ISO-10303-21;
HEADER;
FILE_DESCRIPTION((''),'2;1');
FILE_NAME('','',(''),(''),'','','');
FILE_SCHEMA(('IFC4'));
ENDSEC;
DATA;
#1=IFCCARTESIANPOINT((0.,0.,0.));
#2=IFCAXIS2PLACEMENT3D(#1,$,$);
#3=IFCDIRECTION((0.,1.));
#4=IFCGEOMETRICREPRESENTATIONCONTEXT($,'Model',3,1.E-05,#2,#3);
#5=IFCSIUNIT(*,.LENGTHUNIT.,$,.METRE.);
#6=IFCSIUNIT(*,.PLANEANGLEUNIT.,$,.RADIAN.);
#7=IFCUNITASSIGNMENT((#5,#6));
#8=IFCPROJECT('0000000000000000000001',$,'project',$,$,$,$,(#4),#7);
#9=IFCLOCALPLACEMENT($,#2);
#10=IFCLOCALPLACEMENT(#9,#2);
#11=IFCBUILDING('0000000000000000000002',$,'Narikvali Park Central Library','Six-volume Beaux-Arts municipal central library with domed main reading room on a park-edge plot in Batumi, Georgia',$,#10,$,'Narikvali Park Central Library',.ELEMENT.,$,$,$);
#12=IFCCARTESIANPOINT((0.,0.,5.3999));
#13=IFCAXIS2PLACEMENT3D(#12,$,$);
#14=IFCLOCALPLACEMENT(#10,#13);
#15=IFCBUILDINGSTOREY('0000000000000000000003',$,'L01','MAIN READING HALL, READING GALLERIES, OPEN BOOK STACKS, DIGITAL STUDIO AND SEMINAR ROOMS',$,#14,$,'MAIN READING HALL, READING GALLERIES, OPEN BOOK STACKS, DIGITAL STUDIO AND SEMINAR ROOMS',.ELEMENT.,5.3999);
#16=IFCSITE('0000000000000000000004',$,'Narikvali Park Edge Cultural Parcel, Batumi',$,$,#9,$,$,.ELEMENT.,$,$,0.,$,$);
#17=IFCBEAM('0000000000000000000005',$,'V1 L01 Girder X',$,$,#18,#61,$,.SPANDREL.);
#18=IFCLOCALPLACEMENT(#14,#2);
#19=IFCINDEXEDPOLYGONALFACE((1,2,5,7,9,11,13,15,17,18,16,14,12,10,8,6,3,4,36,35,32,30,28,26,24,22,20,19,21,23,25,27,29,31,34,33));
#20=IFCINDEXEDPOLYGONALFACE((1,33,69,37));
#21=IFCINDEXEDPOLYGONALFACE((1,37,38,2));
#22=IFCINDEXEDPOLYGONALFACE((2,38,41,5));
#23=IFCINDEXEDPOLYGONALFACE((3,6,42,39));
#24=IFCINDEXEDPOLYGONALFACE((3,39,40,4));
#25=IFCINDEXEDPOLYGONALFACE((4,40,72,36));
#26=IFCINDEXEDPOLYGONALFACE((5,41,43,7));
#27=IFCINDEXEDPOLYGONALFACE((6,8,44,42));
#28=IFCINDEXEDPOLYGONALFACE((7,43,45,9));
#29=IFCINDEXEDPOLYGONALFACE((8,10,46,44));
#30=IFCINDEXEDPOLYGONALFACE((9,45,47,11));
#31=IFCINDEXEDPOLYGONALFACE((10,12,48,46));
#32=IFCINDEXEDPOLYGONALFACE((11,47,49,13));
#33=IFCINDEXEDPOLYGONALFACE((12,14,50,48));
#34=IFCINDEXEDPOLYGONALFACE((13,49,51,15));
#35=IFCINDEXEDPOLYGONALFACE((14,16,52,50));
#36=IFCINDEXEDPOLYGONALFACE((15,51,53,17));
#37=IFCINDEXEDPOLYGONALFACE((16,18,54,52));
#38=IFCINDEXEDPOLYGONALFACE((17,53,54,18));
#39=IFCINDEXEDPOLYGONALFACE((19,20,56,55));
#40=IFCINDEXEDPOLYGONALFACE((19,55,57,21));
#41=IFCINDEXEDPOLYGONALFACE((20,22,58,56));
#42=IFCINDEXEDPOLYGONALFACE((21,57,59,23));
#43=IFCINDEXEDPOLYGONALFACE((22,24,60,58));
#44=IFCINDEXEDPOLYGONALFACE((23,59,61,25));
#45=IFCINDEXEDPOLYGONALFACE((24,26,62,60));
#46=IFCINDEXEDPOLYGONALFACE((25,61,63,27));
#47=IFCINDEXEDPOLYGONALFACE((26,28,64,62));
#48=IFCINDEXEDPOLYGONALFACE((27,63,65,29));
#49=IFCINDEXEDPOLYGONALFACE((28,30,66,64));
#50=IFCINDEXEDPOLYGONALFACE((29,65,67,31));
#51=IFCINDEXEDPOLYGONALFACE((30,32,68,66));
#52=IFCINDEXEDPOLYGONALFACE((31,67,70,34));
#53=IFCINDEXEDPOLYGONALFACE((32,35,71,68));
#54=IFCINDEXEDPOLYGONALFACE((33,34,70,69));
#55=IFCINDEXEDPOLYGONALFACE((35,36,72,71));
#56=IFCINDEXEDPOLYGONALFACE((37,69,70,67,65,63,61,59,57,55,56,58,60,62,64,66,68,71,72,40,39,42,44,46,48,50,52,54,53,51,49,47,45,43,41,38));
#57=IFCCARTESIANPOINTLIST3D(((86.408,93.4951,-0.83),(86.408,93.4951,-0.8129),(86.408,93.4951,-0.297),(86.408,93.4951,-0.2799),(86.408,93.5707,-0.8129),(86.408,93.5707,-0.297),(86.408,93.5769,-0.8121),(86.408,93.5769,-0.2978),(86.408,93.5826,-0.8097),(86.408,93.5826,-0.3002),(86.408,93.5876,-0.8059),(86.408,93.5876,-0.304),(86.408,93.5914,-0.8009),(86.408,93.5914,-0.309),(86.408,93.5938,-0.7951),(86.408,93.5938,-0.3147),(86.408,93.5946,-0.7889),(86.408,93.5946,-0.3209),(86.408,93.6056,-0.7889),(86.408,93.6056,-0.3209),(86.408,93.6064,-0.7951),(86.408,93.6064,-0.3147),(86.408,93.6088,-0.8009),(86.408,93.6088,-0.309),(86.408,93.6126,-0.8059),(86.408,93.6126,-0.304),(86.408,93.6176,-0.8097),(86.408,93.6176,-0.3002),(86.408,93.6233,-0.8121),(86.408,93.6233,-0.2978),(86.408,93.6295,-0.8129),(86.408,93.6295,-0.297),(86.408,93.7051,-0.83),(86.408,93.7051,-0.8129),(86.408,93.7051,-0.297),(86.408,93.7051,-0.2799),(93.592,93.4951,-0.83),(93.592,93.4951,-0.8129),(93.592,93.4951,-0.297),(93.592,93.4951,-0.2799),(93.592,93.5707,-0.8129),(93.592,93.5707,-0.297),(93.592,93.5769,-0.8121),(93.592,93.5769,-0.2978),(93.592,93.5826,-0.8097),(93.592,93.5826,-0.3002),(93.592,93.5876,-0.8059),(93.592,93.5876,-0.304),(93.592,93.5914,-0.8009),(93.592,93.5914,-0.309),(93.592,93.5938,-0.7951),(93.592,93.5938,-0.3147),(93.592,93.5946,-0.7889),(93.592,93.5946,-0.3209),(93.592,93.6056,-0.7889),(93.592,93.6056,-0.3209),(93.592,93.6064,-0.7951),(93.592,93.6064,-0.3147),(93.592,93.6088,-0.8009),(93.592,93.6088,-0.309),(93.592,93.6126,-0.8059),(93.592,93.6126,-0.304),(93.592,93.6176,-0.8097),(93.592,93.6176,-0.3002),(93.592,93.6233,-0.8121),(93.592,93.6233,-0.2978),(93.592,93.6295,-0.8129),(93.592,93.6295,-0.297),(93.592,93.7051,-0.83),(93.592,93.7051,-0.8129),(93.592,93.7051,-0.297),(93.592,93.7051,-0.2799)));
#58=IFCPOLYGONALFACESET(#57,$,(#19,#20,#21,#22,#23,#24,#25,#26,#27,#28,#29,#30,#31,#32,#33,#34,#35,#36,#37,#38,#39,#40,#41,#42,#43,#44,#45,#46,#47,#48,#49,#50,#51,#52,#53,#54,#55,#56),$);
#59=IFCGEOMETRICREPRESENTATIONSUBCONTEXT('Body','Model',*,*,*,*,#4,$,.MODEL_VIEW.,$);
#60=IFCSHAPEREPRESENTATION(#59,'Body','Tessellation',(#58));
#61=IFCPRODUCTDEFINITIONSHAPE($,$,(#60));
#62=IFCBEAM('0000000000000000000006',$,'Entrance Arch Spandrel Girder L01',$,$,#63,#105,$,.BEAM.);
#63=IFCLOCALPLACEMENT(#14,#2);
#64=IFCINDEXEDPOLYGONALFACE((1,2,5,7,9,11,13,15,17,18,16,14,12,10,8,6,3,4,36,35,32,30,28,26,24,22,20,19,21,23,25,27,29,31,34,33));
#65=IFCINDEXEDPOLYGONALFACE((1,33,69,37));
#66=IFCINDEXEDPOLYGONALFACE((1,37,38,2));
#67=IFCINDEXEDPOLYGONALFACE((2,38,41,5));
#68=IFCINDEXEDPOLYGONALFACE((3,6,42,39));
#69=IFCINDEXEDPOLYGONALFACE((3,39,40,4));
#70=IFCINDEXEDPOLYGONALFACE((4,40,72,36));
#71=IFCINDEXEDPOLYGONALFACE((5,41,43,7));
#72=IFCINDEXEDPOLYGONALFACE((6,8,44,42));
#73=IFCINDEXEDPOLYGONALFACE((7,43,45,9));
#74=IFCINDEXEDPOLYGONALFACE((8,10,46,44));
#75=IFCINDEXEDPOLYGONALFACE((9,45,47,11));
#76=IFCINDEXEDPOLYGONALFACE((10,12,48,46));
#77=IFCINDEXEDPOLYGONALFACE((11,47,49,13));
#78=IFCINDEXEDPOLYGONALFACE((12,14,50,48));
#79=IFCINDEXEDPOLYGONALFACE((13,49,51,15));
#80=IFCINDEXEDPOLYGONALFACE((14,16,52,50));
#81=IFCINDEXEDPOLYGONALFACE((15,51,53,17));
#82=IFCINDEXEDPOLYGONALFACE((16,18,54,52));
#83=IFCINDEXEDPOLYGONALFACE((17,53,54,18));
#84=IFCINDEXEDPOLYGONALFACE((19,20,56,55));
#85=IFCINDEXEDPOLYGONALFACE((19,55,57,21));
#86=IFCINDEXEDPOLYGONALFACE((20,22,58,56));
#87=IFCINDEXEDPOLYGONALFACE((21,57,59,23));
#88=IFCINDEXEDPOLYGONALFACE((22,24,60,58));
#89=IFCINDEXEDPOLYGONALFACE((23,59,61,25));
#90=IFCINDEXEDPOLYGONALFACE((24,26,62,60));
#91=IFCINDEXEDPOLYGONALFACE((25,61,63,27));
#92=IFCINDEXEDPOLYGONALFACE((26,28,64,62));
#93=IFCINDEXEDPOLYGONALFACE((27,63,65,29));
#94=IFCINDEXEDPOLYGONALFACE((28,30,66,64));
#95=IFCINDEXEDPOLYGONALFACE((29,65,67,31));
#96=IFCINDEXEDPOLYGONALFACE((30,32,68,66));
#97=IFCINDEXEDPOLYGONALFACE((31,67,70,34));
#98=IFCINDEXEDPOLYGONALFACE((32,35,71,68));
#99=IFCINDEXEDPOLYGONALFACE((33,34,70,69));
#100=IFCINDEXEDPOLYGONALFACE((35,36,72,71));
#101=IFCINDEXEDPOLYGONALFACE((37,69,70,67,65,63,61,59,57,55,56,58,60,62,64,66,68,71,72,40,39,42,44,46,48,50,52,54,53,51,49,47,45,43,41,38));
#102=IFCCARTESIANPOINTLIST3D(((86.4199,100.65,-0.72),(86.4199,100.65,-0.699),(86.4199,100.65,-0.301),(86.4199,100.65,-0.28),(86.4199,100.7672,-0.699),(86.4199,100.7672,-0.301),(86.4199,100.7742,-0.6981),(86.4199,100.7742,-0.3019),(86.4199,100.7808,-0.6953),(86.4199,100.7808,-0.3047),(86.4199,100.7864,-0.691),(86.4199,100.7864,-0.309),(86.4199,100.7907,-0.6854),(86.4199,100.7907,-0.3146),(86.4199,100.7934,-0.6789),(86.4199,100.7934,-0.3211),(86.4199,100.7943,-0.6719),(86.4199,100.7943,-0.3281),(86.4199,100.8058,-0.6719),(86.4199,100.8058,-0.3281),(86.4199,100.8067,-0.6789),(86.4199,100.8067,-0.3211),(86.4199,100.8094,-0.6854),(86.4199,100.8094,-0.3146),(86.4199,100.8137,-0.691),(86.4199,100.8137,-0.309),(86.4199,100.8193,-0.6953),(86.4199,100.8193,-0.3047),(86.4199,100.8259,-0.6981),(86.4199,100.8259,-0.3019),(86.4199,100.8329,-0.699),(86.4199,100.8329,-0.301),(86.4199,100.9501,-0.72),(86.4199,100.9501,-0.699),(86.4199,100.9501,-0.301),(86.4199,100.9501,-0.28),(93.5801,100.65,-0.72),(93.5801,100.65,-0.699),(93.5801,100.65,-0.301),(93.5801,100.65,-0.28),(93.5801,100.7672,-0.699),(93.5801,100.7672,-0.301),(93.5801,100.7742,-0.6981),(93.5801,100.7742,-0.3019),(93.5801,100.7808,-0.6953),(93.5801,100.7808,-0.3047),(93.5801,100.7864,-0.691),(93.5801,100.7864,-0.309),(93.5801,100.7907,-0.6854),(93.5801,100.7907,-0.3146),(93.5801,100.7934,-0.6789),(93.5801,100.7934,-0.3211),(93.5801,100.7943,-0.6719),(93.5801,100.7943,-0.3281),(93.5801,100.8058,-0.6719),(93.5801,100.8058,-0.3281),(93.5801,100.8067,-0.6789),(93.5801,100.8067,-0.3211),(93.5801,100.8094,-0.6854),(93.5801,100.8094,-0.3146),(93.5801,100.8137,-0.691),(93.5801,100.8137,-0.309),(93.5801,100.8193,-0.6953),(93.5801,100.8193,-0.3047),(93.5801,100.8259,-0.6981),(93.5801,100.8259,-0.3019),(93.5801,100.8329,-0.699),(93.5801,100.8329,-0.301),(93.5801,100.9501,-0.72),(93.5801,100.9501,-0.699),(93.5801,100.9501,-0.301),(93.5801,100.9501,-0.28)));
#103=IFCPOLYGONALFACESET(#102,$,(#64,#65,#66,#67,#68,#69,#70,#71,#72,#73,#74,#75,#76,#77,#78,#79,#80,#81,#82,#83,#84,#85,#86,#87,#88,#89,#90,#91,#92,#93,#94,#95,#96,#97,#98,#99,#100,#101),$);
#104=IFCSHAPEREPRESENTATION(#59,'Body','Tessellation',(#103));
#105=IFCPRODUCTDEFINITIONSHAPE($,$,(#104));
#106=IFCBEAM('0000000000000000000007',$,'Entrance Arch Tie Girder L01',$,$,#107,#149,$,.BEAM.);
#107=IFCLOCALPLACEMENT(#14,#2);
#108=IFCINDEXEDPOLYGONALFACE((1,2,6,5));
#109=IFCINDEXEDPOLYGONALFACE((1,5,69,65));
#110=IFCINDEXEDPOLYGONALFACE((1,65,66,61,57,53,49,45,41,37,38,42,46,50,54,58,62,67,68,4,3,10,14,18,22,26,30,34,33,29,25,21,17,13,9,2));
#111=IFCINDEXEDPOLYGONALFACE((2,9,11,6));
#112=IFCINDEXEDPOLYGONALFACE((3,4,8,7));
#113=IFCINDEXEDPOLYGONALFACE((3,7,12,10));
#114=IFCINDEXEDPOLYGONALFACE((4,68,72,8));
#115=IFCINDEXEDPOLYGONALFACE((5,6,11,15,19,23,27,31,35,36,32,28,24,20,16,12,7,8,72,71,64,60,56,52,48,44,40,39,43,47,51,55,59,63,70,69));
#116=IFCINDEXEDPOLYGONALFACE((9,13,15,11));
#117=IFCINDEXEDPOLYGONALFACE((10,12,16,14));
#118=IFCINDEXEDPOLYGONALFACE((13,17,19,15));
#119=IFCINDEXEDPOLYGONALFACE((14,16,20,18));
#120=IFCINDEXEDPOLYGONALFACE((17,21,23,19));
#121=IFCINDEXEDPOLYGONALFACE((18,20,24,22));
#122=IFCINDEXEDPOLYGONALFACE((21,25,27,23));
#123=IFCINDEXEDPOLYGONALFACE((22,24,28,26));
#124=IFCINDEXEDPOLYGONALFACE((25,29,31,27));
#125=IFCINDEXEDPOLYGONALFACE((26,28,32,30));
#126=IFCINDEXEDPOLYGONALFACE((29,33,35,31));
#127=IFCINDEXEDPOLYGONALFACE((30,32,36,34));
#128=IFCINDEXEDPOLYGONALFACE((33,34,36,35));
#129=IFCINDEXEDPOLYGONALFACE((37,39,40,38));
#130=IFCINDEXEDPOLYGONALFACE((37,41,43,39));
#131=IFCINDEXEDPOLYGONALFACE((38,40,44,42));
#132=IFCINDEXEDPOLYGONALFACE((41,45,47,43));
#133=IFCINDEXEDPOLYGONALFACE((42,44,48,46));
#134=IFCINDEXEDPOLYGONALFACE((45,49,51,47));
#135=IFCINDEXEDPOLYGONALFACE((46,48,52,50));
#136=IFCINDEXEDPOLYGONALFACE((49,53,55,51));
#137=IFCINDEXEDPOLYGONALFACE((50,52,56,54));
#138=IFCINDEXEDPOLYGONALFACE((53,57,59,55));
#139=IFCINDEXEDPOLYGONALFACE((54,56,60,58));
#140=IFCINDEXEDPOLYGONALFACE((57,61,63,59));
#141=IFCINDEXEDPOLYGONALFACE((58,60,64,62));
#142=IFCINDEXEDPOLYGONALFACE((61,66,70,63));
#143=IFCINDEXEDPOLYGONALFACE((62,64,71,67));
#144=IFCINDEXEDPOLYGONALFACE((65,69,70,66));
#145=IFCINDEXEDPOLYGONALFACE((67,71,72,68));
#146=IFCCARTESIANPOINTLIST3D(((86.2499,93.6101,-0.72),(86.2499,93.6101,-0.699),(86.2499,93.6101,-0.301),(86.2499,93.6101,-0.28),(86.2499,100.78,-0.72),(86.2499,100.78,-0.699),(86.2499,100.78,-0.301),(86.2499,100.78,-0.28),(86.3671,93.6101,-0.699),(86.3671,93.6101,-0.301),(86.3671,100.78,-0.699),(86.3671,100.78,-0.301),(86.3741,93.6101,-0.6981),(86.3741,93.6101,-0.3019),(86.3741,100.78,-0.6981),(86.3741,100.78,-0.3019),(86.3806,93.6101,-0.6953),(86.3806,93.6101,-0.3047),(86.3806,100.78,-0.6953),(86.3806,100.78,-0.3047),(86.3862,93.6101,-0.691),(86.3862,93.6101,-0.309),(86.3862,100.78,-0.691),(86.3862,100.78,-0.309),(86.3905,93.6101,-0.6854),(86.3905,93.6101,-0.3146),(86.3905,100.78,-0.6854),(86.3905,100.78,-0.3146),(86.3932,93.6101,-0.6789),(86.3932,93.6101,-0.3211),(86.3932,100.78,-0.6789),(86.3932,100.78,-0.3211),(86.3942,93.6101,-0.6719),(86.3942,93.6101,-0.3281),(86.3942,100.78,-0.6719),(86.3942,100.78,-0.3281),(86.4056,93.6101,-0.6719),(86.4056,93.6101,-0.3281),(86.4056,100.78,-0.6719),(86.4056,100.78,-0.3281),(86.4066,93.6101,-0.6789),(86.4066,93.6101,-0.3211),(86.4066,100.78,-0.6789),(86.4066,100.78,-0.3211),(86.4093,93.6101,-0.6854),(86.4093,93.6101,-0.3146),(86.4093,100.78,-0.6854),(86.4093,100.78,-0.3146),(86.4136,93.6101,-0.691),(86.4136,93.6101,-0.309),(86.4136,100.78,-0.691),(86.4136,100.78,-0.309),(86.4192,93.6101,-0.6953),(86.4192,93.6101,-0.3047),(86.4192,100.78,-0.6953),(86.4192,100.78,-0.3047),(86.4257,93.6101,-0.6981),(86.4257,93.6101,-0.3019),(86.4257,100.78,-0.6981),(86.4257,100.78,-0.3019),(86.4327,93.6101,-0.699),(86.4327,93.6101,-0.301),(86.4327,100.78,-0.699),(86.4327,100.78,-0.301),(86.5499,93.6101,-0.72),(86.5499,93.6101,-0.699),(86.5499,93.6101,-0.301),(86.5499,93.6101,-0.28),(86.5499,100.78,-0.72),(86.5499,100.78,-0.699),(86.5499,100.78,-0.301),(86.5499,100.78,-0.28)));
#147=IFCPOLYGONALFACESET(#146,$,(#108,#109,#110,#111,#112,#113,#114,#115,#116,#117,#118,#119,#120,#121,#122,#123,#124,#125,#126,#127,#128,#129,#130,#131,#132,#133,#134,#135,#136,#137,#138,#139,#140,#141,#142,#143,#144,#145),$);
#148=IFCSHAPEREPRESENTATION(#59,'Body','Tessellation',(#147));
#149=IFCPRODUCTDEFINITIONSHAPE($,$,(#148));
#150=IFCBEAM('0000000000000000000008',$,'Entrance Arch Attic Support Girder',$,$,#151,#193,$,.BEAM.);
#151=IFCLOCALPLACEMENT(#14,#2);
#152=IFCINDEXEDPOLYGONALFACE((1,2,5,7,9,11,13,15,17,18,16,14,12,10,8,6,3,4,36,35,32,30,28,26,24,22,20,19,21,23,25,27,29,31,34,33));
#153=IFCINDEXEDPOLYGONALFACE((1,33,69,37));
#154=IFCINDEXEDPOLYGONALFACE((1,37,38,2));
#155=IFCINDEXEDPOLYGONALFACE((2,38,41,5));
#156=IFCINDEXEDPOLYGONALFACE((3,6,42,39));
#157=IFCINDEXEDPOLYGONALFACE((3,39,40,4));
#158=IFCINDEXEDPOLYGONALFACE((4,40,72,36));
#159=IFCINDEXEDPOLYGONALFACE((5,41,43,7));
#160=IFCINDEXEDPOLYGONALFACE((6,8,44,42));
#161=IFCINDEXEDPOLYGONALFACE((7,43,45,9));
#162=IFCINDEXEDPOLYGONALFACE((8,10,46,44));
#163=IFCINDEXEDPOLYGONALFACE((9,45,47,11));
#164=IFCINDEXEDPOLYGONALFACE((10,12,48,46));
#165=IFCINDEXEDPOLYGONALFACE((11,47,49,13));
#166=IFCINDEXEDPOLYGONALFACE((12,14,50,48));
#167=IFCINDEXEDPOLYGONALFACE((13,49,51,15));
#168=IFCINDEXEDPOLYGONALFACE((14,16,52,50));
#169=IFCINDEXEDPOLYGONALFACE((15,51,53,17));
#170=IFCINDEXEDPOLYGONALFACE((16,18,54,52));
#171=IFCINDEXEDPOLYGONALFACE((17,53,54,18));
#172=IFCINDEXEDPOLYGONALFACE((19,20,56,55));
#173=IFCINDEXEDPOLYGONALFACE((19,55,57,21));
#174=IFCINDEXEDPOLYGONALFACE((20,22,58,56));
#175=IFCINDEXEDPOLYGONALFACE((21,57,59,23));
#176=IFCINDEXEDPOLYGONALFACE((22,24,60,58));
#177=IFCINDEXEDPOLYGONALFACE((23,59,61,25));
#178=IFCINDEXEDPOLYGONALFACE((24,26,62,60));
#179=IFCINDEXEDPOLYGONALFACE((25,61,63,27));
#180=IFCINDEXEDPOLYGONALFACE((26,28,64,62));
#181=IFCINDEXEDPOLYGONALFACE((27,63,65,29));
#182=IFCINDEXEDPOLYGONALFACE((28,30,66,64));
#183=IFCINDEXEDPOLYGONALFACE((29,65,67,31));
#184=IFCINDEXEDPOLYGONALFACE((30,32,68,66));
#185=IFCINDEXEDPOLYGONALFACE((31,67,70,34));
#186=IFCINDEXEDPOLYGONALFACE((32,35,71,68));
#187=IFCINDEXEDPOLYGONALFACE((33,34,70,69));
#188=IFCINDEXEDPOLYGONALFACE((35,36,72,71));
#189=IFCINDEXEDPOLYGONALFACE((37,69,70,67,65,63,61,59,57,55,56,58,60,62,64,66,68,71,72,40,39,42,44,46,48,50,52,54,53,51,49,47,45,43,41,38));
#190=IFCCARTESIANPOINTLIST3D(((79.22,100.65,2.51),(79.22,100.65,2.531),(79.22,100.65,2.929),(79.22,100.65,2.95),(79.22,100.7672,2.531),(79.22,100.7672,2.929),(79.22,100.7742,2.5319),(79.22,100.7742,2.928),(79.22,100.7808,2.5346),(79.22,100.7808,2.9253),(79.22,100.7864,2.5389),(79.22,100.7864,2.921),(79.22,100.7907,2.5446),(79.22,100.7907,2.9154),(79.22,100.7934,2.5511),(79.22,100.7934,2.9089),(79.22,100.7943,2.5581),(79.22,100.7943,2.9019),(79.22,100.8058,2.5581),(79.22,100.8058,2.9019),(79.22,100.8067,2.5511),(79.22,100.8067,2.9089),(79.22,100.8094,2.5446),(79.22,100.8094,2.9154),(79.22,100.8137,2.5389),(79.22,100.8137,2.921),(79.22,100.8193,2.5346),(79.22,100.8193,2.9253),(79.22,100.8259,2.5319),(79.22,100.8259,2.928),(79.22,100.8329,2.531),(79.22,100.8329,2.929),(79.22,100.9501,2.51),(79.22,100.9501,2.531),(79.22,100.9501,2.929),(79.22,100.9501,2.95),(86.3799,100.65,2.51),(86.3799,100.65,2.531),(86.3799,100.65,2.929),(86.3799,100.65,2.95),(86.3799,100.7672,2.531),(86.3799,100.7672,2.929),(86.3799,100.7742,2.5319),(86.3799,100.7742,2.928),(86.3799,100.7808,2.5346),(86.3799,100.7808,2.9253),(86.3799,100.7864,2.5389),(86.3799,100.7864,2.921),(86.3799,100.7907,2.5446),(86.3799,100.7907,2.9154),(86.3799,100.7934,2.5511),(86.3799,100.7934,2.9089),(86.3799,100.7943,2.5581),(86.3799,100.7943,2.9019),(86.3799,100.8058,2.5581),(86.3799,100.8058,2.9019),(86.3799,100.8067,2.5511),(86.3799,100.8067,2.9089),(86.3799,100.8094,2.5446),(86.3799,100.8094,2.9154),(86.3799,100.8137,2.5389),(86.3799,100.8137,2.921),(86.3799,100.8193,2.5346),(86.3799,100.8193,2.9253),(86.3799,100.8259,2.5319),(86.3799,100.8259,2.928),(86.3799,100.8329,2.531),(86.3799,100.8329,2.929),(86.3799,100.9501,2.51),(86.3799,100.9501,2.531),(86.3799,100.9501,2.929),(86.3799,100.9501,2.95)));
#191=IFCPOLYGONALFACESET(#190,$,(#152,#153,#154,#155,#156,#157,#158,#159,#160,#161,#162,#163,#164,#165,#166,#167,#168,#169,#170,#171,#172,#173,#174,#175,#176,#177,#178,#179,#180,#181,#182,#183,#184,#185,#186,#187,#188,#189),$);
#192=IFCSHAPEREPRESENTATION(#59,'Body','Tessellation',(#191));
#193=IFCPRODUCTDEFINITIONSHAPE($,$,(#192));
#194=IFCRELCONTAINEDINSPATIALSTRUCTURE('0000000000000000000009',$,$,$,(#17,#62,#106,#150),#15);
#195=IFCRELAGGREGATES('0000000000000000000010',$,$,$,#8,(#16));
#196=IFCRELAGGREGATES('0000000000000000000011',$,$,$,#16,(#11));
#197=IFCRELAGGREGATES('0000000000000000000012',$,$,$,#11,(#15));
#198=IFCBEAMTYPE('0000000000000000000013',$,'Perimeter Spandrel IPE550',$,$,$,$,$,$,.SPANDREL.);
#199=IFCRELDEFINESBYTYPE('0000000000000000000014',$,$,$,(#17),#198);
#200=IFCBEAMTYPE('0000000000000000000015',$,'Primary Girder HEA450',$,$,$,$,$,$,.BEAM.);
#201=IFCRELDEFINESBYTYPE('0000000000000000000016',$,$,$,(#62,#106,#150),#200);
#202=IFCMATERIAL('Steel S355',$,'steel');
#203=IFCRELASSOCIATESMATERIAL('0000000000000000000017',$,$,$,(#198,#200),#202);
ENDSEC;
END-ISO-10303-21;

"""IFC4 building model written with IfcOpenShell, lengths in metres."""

from ifc_helpers import new_model, si_unit, direction, frame, origin, origin_2d, place, context, subcontext, project, spatial, i_section, extrude, material, material_profile, profile_set, type_object, element, save


model = new_model("IFC4")

# Units and contexts
model_context = context("Model", 3, precision=1e-05, world=origin(), true_north=direction((0.0, 1.0)))
body_context = subcontext(model_context, "Body", "Model", "MODEL_VIEW")
ifc_project = project(units=[si_unit("LENGTHUNIT", "METRE"), si_unit("PLANEANGLEUNIT", "RADIAN")], contexts=[model_context])

# Site, building, storey
site_placement = place(None, origin())
site = spatial("IfcSite", under=ifc_project, at=site_placement, Name="Narikvali Park Edge Cultural Parcel, Batumi", CompositionType="ELEMENT", RefElevation=0.0)
building_placement = place(site_placement, origin())
building = spatial("IfcBuilding", under=site, at=building_placement, Name="Narikvali Park Central Library", Description="Six-volume Beaux-Arts municipal central library with domed main reading room on a park-edge plot in Batumi, Georgia", LongName="Narikvali Park Central Library", CompositionType="ELEMENT")
storey_placement = place(building_placement, frame((0.0, 0.0, 5.3999)))
storey = spatial("IfcBuildingStorey", under=building, at=storey_placement, Name="L01", Description="MAIN READING HALL, READING GALLERIES, OPEN BOOK STACKS, DIGITAL STUDIO AND SEMINAR ROOMS", LongName="MAIN READING HALL, READING GALLERIES, OPEN BOOK STACKS, DIGITAL STUDIO AND SEMINAR ROOMS", CompositionType="ELEMENT", Elevation=5.3999)

# Shared definitions
ifc_material_1 = material(Name="Steel S355", Category="steel")

# Beams
ifc_material_profile_1 = material_profile(ifc_material_1, i_section(OverallWidth=0.21, OverallDepth=0.55, WebThickness=0.011, FlangeThickness=0.0171, FilletRadius=0.0239, at=origin_2d()), Name="IPE 550")
ifc_profile_set_1 = profile_set([ifc_material_profile_1], Name="Steel S355")
beam_type_1 = type_object("IfcBeamType", Name="Perimeter Spandrel IPE550", PredefinedType="SPANDREL", material=ifc_profile_set_1)
for number, where, z_axis, x_axis, name in (
    (1, (86.408, 93.6001, -0.5549), (1.0, 0.0, 0.0), (0.0, 1.0, 0.0), "V1 L01 Girder X"),
):
    element("IfcBeam", number, at=place(storey_placement, frame(where, z_axis=z_axis, x_axis=x_axis)), inside=storey, type_object=beam_type_1, Name=name, PredefinedType="SPANDREL", context=body_context, shape_type="SweptSolid", body=[
        extrude(i_section(OverallWidth=0.21, OverallDepth=0.55, WebThickness=0.011, FlangeThickness=0.0171, FilletRadius=0.0239, at=origin_2d()), origin(), (0.0, 0.0, 1.0), 7.1841),
    ])
ifc_material_profile_2 = material_profile(ifc_material_1, i_section(OverallWidth=0.3, OverallDepth=0.4399, WebThickness=0.0115, FlangeThickness=0.021, FilletRadius=0.0271, at=origin_2d()), Name="HEA 450")
ifc_profile_set_2 = profile_set([ifc_material_profile_2], Name="Steel S355")
beam_type_2 = type_object("IfcBeamType", Name="Primary Girder HEA450", PredefinedType="BEAM", material=ifc_profile_set_2)
beam_1_placement = place(storey_placement, frame((86.4199, 100.8, -0.5), z_axis=(1.0, 0.0, 0.0), x_axis=(0.0, 1.0, 0.0)))
element("IfcBeam", 2, at=beam_1_placement, inside=storey, type_object=beam_type_2, Name="Entrance Arch Spandrel Girder L01", PredefinedType="BEAM", context=body_context, shape_type="SweptSolid", body=[
    extrude(i_section(OverallWidth=0.3, OverallDepth=0.4399, WebThickness=0.0115, FlangeThickness=0.021, FilletRadius=0.0271, at=origin_2d()), origin(), (0.0, 0.0, 1.0), 7.1602),
])
beam_2_placement = place(storey_placement, frame((86.3999, 93.6101, -0.5), z_axis=(0.0, 1.0, 0.0), x_axis=(-1.0, 0.0, 0.0)))
element("IfcBeam", 3, at=beam_2_placement, inside=storey, type_object=beam_type_2, Name="Entrance Arch Tie Girder L01", PredefinedType="BEAM", context=body_context, shape_type="SweptSolid", body=[
    extrude(i_section(OverallWidth=0.3, OverallDepth=0.4399, WebThickness=0.0115, FlangeThickness=0.021, FilletRadius=0.0271, at=origin_2d()), origin(), (0.0, 0.0, 1.0), 7.1699),
])
beam_3_placement = place(storey_placement, frame((79.22, 100.8, 2.73), z_axis=(1.0, 0.0, 0.0), x_axis=(0.0, 1.0, 0.0)))
element("IfcBeam", 4, at=beam_3_placement, inside=storey, type_object=beam_type_2, Name="Entrance Arch Attic Support Girder", PredefinedType="BEAM", context=body_context, shape_type="SweptSolid", body=[
    extrude(i_section(OverallWidth=0.3, OverallDepth=0.4399, WebThickness=0.0115, FlangeThickness=0.021, FilletRadius=0.0271, at=origin_2d()), origin(), (0.0, 0.0, 1.0), 7.1599),
])

save(model, "model.ifc")
